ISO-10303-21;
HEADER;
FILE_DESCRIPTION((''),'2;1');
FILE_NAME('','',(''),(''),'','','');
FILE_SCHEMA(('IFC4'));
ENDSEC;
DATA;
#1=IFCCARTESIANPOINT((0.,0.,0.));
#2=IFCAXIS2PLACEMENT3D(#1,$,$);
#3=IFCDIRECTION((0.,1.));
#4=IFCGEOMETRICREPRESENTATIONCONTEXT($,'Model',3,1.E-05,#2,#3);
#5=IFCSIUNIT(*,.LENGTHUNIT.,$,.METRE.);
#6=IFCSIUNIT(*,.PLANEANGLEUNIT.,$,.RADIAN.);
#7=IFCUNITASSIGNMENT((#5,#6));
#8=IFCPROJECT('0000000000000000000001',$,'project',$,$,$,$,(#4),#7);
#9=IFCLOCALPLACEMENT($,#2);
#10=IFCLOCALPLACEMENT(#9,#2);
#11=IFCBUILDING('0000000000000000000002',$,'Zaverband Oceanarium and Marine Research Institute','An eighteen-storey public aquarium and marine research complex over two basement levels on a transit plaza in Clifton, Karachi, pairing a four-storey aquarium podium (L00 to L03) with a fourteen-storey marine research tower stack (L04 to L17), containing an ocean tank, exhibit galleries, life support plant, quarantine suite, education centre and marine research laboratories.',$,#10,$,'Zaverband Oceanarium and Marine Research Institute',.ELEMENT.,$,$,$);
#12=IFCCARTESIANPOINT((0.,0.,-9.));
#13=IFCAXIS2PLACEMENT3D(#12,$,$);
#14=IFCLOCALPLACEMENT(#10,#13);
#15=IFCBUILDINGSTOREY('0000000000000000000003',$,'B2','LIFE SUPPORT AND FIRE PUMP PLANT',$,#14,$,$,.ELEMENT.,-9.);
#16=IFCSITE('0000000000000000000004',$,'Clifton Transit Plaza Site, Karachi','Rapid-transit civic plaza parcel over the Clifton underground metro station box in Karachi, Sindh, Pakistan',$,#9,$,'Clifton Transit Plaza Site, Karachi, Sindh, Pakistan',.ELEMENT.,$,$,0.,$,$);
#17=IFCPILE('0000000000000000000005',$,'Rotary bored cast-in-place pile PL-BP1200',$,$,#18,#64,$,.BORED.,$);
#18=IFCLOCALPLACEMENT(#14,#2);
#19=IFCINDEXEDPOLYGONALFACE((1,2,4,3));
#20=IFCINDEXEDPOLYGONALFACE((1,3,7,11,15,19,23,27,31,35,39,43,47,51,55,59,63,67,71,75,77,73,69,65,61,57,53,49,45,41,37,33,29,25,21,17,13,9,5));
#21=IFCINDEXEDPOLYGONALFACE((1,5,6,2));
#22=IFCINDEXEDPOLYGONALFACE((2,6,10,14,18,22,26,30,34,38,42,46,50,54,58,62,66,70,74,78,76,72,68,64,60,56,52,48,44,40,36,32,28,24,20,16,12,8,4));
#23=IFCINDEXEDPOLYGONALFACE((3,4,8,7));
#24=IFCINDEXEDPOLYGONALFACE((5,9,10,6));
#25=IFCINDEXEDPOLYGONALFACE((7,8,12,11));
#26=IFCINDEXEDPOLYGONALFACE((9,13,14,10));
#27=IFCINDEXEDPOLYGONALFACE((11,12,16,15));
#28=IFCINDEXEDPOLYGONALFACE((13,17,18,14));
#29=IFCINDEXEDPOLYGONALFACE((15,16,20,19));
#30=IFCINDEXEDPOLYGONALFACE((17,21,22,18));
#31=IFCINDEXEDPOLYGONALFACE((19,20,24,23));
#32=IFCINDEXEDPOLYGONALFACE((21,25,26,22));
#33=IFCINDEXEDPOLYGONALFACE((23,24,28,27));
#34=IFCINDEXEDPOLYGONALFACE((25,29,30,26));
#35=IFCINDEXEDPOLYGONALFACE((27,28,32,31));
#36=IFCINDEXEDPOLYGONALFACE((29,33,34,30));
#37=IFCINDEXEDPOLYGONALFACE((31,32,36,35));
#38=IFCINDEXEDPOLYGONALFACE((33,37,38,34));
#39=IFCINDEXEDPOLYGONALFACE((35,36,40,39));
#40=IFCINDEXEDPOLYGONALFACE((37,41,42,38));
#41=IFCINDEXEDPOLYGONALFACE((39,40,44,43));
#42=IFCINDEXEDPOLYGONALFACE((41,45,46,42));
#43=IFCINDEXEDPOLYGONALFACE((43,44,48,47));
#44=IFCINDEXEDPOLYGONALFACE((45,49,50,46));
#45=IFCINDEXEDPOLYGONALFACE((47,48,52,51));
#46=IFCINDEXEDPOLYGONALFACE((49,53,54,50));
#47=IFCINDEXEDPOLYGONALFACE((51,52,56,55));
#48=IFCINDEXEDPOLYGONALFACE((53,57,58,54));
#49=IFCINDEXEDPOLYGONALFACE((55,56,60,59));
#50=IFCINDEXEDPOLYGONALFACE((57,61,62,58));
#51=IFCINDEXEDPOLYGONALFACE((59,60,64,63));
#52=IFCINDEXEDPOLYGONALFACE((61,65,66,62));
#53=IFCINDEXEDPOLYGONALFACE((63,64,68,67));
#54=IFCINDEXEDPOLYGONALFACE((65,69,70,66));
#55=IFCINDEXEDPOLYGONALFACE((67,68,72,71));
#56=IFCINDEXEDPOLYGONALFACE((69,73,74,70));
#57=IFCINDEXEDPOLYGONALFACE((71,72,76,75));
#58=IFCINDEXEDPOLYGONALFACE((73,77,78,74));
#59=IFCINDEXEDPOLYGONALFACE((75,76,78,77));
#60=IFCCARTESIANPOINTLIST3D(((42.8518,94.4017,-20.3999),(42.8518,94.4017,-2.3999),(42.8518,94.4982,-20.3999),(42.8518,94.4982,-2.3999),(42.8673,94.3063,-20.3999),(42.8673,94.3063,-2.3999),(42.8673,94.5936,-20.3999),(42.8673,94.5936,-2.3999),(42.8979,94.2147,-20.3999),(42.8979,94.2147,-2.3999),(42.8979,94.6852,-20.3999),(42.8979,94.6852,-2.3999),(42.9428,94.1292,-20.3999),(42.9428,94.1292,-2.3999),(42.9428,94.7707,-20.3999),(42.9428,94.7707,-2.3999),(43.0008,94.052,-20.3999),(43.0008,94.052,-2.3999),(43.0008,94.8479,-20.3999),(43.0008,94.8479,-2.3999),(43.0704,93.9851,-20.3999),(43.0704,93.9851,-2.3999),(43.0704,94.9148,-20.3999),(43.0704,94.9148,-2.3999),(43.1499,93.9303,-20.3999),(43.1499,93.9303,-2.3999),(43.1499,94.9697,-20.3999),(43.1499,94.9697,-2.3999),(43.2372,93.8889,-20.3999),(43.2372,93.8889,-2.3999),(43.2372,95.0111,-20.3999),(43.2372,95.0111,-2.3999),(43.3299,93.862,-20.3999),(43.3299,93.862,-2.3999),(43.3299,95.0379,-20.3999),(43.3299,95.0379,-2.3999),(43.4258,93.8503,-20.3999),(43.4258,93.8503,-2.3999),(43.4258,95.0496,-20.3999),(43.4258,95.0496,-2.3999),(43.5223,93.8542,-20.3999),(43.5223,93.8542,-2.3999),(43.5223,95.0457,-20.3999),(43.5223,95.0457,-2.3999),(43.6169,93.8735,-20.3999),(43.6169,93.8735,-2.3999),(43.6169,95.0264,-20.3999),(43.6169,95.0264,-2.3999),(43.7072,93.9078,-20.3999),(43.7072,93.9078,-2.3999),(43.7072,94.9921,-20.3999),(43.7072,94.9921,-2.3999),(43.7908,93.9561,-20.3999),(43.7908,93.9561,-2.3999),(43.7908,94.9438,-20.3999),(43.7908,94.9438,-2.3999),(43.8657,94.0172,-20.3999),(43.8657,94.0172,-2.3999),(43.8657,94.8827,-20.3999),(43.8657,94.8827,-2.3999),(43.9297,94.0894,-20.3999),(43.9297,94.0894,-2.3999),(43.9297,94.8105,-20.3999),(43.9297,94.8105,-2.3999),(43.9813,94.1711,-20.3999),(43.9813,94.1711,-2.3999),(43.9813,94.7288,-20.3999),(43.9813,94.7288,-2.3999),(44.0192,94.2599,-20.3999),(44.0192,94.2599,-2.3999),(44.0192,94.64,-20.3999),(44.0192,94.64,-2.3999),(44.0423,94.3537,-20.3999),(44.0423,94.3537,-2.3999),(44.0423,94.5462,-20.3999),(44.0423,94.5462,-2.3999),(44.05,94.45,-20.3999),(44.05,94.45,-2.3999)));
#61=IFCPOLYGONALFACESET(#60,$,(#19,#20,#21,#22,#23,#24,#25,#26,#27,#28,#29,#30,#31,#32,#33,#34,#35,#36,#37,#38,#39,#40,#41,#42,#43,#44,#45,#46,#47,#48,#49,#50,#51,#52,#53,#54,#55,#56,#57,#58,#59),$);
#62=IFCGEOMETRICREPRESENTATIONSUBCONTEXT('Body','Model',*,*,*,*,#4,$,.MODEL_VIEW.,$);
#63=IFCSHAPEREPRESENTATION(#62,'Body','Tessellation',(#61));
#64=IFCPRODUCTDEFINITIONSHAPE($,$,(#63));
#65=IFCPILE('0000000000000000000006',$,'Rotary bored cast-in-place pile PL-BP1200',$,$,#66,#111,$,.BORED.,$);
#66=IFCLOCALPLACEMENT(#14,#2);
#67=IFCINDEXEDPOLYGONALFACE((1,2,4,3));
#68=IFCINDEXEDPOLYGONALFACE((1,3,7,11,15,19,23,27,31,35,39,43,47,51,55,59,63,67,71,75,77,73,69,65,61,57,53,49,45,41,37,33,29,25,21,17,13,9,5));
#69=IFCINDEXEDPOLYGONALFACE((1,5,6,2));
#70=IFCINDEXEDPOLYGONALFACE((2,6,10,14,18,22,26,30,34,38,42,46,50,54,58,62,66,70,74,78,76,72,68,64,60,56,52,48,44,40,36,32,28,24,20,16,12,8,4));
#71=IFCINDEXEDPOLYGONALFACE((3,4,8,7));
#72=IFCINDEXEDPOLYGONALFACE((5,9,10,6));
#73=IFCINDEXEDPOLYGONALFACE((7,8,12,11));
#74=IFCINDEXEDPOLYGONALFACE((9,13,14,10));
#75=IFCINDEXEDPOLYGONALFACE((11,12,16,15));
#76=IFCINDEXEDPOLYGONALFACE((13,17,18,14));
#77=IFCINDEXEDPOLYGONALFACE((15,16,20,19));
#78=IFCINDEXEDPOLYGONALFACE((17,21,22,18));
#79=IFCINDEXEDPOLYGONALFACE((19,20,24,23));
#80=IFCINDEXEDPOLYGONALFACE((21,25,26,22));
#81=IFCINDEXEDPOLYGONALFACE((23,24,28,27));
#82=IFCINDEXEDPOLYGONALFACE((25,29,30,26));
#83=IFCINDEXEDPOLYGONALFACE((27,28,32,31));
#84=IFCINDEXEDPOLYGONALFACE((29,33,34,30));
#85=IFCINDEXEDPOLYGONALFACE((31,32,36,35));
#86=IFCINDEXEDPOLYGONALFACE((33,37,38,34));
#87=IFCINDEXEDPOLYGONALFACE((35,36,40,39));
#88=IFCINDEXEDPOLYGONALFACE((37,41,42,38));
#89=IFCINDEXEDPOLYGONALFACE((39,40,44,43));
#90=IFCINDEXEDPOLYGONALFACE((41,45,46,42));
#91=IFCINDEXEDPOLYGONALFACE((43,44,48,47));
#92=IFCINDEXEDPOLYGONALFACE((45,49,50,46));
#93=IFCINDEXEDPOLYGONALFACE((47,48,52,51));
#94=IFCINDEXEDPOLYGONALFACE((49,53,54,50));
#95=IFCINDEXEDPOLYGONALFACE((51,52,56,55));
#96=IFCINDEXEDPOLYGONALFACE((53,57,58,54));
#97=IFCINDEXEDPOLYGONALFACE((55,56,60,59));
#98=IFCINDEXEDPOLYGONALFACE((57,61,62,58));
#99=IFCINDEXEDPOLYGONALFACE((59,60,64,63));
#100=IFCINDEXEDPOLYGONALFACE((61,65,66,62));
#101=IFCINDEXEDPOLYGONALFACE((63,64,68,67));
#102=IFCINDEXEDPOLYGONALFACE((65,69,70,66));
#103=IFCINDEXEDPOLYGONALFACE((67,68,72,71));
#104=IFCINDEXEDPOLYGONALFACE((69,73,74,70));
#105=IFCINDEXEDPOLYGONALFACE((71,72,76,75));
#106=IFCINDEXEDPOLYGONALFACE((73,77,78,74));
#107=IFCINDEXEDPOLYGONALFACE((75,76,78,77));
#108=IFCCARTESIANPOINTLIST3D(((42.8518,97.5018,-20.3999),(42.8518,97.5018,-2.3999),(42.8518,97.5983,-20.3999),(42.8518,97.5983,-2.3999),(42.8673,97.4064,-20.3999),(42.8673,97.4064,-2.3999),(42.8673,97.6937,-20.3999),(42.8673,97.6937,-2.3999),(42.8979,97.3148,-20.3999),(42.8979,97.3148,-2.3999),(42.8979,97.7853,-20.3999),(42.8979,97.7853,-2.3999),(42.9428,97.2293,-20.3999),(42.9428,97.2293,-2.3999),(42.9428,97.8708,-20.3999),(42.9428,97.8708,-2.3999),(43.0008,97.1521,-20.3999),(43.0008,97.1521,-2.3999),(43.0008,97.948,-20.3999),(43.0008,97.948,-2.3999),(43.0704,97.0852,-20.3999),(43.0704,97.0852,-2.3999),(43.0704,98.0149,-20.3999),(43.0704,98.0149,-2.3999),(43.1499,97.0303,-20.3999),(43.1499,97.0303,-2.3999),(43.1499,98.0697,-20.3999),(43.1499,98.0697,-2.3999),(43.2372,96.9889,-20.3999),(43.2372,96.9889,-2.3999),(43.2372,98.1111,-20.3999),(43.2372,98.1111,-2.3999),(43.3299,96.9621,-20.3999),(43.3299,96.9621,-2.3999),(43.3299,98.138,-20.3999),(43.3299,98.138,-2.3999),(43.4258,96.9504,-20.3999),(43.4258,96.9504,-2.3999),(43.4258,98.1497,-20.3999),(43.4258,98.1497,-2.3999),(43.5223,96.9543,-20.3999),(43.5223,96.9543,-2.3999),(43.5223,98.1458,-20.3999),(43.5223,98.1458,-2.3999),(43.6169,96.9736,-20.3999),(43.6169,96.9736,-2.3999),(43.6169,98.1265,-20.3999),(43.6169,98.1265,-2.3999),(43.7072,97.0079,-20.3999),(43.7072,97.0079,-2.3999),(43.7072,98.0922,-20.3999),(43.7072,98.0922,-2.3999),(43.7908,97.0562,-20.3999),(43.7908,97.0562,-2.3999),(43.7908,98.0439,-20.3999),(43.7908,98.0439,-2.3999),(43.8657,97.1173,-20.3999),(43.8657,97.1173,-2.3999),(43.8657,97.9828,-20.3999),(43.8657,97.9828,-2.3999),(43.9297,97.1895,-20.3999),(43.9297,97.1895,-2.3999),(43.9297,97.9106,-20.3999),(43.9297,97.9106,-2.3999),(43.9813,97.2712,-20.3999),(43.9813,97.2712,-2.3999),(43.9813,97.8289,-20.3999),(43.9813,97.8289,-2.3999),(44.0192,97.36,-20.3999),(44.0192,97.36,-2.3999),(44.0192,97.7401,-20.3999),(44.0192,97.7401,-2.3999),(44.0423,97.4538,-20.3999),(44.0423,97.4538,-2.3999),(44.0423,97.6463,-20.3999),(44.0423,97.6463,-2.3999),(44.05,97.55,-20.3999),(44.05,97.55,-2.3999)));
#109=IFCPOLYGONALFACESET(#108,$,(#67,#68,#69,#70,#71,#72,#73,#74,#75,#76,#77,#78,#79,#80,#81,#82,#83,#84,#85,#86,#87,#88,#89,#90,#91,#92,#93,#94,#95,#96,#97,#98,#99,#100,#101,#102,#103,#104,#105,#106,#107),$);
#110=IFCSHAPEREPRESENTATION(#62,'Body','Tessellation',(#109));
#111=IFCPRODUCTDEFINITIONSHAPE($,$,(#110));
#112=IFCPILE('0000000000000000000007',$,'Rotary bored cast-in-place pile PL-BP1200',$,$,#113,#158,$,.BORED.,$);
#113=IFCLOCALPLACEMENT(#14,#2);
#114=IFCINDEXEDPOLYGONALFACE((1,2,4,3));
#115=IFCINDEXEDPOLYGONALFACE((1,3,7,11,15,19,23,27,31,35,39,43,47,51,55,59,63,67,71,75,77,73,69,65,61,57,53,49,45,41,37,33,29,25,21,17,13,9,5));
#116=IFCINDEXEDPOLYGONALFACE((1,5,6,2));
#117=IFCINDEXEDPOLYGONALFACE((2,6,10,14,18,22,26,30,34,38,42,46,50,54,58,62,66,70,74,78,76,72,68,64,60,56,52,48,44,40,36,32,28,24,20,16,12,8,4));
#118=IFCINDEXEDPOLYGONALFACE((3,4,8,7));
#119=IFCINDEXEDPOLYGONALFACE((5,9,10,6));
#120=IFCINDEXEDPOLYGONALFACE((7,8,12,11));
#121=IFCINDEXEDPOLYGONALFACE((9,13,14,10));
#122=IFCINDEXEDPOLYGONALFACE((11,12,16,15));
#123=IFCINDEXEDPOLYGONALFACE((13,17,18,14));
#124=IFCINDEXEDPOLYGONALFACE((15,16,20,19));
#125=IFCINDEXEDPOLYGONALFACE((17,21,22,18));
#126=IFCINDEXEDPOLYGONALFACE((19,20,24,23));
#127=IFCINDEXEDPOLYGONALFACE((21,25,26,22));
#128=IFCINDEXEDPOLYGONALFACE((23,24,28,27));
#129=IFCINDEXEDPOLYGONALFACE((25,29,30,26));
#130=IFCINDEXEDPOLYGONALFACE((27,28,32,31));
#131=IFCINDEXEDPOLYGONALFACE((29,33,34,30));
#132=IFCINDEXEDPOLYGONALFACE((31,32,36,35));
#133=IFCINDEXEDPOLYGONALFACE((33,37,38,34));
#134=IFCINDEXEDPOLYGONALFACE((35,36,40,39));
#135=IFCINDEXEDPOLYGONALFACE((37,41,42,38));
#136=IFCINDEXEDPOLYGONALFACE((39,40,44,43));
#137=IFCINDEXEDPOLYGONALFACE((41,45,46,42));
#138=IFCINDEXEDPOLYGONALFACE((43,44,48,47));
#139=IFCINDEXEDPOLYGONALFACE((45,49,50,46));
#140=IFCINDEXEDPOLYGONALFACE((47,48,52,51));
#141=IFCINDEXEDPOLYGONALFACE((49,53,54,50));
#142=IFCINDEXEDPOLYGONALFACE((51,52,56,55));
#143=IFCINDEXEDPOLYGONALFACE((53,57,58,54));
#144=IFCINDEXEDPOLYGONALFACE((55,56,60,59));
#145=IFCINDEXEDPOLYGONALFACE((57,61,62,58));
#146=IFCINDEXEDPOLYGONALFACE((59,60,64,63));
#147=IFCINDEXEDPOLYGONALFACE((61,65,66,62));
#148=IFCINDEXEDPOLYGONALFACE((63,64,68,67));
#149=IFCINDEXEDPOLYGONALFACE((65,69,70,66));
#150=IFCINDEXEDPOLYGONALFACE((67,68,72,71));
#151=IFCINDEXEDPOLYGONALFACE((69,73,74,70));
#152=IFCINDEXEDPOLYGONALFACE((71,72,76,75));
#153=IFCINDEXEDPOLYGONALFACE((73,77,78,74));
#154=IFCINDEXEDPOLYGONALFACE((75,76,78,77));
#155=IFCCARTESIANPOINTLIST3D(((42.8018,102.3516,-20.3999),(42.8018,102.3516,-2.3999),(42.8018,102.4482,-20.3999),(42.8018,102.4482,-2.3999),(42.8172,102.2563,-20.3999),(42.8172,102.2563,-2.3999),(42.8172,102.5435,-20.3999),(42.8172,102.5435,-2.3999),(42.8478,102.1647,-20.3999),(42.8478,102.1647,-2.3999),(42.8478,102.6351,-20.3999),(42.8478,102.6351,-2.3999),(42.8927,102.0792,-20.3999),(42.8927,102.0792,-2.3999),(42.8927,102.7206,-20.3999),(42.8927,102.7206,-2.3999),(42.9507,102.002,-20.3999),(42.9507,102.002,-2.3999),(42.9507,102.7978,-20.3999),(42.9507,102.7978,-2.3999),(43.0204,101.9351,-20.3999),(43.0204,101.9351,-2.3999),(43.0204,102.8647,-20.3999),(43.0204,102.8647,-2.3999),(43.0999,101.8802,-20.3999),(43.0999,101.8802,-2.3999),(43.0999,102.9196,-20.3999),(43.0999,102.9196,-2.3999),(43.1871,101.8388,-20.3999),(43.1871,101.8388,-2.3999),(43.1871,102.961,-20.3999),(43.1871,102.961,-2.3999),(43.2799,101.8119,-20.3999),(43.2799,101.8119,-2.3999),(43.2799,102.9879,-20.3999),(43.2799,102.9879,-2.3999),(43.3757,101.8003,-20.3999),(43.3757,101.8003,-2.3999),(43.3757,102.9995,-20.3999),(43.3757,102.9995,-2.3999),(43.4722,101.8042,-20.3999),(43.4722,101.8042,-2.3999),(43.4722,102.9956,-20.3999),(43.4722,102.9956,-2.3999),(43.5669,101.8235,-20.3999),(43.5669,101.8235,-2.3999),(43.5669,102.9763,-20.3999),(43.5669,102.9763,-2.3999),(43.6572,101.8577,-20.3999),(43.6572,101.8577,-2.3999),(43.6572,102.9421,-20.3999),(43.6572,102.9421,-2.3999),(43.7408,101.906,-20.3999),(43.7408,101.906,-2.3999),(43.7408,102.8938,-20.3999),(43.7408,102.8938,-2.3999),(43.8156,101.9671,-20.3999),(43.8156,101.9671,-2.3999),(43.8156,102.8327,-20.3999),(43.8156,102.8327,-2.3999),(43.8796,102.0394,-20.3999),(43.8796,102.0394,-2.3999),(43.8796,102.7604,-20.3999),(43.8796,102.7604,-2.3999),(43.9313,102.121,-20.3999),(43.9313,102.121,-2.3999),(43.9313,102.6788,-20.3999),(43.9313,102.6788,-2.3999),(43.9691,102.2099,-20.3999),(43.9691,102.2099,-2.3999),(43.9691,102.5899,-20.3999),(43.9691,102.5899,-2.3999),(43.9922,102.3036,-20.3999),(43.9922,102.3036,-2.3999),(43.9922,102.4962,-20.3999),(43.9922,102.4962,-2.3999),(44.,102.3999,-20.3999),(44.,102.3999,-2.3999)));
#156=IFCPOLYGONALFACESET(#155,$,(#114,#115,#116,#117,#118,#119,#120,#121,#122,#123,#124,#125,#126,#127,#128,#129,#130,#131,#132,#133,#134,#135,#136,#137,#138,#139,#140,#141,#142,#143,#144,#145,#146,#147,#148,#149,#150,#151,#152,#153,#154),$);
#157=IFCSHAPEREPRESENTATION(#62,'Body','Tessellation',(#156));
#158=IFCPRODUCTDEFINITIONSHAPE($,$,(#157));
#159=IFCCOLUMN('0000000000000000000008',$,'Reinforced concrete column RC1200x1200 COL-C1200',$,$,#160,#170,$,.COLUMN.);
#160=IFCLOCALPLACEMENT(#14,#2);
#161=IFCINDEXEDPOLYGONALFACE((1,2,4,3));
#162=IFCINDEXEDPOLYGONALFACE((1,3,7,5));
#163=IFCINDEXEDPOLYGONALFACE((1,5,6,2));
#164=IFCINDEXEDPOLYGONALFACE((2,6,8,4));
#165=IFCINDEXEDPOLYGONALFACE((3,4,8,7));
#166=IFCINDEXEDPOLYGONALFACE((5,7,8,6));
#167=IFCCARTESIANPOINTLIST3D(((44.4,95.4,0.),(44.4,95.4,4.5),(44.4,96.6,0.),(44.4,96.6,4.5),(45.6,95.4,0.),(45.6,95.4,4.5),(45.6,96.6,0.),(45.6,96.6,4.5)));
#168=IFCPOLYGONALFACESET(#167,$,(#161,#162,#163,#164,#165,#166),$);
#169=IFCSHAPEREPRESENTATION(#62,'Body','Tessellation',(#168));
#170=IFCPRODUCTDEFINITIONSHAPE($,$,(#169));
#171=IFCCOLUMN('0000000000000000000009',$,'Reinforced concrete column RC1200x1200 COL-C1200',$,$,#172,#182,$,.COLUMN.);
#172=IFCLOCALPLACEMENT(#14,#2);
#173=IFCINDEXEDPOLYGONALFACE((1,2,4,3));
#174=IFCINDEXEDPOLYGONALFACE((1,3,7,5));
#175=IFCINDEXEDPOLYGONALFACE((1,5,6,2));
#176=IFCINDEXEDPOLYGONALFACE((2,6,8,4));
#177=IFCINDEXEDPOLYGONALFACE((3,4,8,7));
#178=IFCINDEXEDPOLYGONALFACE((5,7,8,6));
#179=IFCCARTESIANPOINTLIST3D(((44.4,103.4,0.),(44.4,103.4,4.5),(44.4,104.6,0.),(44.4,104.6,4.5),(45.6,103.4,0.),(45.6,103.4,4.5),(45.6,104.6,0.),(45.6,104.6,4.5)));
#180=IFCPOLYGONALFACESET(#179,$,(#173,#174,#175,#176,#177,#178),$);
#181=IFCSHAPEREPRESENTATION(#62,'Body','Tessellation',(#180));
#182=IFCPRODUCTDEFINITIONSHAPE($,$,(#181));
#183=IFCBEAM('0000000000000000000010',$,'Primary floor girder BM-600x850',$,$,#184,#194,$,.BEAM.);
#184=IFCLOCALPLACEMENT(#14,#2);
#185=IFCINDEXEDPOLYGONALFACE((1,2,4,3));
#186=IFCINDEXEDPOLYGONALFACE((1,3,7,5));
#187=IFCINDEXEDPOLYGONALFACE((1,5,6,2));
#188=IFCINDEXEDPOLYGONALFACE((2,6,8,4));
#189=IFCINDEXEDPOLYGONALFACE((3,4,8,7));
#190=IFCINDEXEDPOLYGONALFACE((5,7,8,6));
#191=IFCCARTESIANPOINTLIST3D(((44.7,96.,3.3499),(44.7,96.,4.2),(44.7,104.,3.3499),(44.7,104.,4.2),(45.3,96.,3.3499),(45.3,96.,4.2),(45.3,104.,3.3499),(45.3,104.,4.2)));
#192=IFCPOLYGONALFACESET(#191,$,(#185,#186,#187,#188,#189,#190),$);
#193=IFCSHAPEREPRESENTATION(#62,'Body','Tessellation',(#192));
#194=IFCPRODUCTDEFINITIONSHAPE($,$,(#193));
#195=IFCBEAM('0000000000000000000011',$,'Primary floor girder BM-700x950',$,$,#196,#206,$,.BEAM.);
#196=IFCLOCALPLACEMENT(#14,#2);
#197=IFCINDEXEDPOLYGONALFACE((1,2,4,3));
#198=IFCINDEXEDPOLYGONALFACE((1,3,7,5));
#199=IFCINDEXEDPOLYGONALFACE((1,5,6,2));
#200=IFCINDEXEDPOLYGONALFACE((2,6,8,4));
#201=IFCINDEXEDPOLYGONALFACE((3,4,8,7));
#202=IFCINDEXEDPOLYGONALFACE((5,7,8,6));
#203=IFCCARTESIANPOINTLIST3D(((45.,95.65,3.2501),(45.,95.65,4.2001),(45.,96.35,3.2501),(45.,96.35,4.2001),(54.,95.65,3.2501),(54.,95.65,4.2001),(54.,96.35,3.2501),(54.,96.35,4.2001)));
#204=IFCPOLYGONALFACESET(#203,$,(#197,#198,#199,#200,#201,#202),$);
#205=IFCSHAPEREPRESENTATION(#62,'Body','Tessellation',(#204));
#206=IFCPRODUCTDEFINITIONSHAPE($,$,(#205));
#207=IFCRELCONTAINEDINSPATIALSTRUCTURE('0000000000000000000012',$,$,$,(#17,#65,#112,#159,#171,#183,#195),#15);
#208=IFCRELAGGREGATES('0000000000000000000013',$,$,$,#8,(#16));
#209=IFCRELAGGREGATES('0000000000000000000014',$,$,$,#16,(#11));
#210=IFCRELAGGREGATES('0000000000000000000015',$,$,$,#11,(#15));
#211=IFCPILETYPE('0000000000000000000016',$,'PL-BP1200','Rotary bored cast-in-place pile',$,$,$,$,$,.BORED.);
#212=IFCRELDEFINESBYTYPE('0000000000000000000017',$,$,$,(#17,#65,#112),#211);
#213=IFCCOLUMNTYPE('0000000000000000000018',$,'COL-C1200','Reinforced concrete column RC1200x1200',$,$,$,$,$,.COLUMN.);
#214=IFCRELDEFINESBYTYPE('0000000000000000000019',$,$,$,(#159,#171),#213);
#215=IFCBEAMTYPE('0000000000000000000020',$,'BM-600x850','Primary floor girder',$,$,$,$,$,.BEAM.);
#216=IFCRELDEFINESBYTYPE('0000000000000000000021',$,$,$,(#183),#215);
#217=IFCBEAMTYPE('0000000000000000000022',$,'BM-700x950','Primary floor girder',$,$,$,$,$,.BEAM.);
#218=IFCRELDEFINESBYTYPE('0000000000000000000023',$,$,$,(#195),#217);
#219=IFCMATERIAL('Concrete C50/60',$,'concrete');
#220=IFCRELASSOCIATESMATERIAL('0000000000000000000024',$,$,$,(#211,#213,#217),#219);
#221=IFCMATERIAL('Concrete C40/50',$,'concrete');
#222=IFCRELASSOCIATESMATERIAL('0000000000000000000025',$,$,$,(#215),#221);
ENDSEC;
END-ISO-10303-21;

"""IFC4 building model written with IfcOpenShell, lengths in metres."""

from ifc_helpers import new_model, si_unit, direction, frame, origin, origin_2d, place, context, subcontext, project, spatial, rectangle, circle, extrude, material, material_profile, profile_set, type_object, element, save


model = new_model("IFC4")

# Units and contexts
model_context = context("Model", 3, precision=1e-05, world=origin(), true_north=direction((0.0, 1.0)))
body_context = subcontext(model_context, "Body", "Model", "MODEL_VIEW")
ifc_project = project(units=[si_unit("LENGTHUNIT", "METRE"), si_unit("PLANEANGLEUNIT", "RADIAN")], contexts=[model_context])

# Site, building, storey
site_placement = place(None, origin())
site = spatial("IfcSite", under=ifc_project, at=site_placement, Name="Clifton Transit Plaza Site, Karachi", Description="Rapid-transit civic plaza parcel over the Clifton underground metro station box in Karachi, Sindh, Pakistan", LongName="Clifton Transit Plaza Site, Karachi, Sindh, Pakistan", CompositionType="ELEMENT", RefElevation=0.0)
building_placement = place(site_placement, origin())
building = spatial("IfcBuilding", under=site, at=building_placement, Name="Zaverband Oceanarium and Marine Research Institute", Description="An eighteen-storey public aquarium and marine research complex over two basement levels on a transit plaza in Clifton, Karachi, pairing a four-storey aquarium podium (L00 to L03) with a fourteen-storey marine research tower stack (L04 to L17), containing an ocean tank, exhibit galleries, life support plant, quarantine suite, education centre and marine research laboratories.", LongName="Zaverband Oceanarium and Marine Research Institute", CompositionType="ELEMENT")
storey_placement = place(building_placement, frame((0.0, 0.0, -9.0)))
storey = spatial("IfcBuildingStorey", under=building, at=storey_placement, Name="B2", Description="LIFE SUPPORT AND FIRE PUMP PLANT", CompositionType="ELEMENT", Elevation=-9.0)

# Shared definitions
ifc_material_1 = material(Name="Concrete C50/60", Category="concrete")

# Piles
ifc_material_profile_1 = material_profile(ifc_material_1, circle(Radius=0.6001, at=origin_2d()), Name="BP1200")
ifc_profile_set_1 = profile_set([ifc_material_profile_1], Name="Concrete C50/60")
pile_type = type_object("IfcPileType", Name="PL-BP1200", Description="Rotary bored cast-in-place pile", PredefinedType="BORED", material=ifc_profile_set_1)
for number, where, z_axis, x_axis, name in (
    (1, (43.45, 94.45, -2.3999), (0.0, 0.0, -1.0), (1.0, 0.0, 0.0), "Rotary bored cast-in-place pile PL-BP1200"),
    (2, (43.45, 97.55, -2.3999), (0.0, 0.0, -1.0), (1.0, 0.0, 0.0), "Rotary bored cast-in-place pile PL-BP1200"),
    (3, (43.3999, 102.3999, -2.3999), (0.0, 0.0, -1.0), (1.0, 0.0, 0.0), "Rotary bored cast-in-place pile PL-BP1200"),
):
    element("IfcPile", number, at=place(storey_placement, frame(where, z_axis=z_axis, x_axis=x_axis)), inside=storey, type_object=pile_type, Name=name, PredefinedType="BORED", context=body_context, shape_type="SweptSolid", body=[
        extrude(circle(Radius=0.6001, at=origin_2d()), origin(), (0.0, 0.0, 1.0), 18.0),
    ])

# Columns
ifc_material_profile_2 = material_profile(ifc_material_1, rectangle(XDim=1.2, YDim=1.2, at=origin_2d()), Name="RC1200x1200")
ifc_profile_set_2 = profile_set([ifc_material_profile_2], Name="Concrete C50/60")
column_type = type_object("IfcColumnType", Name="COL-C1200", Description="Reinforced concrete column RC1200x1200", PredefinedType="COLUMN", material=ifc_profile_set_2)
for number, where, z_axis, x_axis, name in (
    (4, (45.0, 96.0, 0.0), (0.0, 0.0, 1.0), (1.0, 0.0, 0.0), "Reinforced concrete column RC1200x1200 COL-C1200"),
    (5, (45.0, 104.0, 0.0), (0.0, 0.0, 1.0), (1.0, 0.0, 0.0), "Reinforced concrete column RC1200x1200 COL-C1200"),
):
    element("IfcColumn", number, at=place(storey_placement, frame(where, z_axis=z_axis, x_axis=x_axis)), inside=storey, type_object=column_type, Name=name, PredefinedType="COLUMN", context=body_context, shape_type="SweptSolid", body=[
        extrude(rectangle(XDim=1.2, YDim=1.2, at=origin_2d()), origin(), (0.0, 0.0, 1.0), 4.5),
    ])

# Beams
ifc_material_2 = material(Name="Concrete C40/50", Category="concrete")
ifc_material_profile_3 = material_profile(ifc_material_2, rectangle(XDim=0.6001, YDim=0.8501, at=origin_2d()), Name="RC600x850")
ifc_profile_set_3 = profile_set([ifc_material_profile_3], Name="Concrete C40/50")
beam_type_1 = type_object("IfcBeamType", Name="BM-600x850", Description="Primary floor girder", PredefinedType="BEAM", material=ifc_profile_set_3)
beam_1_placement = place(storey_placement, frame((45.0, 96.0, 3.7749), z_axis=(0.0, 1.0, 0.0), x_axis=(-1.0, 0.0, 0.0)))
element("IfcBeam", 6, at=beam_1_placement, inside=storey, type_object=beam_type_1, Name="Primary floor girder BM-600x850", PredefinedType="BEAM", context=body_context, shape_type="SweptSolid", body=[
    extrude(rectangle(XDim=0.6001, YDim=0.8501, at=origin_2d()), origin(), (0.0, 0.0, 1.0), 8.0),
])
ifc_material_profile_4 = material_profile(ifc_material_1, rectangle(XDim=0.7, YDim=0.95, at=origin_2d()), Name="RC700x950")
ifc_profile_set_4 = profile_set([ifc_material_profile_4], Name="Concrete C50/60")
beam_type_2 = type_object("IfcBeamType", Name="BM-700x950", Description="Primary floor girder", PredefinedType="BEAM", material=ifc_profile_set_4)
beam_2_placement = place(storey_placement, frame((45.0, 96.0, 3.7251), z_axis=(1.0, 0.0, 0.0), x_axis=(0.0, 1.0, 0.0)))
element("IfcBeam", 7, at=beam_2_placement, inside=storey, type_object=beam_type_2, Name="Primary floor girder BM-700x950", PredefinedType="BEAM", context=body_context, shape_type="SweptSolid", body=[
    extrude(rectangle(XDim=0.7, YDim=0.95, at=origin_2d()), origin(), (0.0, 0.0, 1.0), 9.0),
])

save(model, "model.ifc")
